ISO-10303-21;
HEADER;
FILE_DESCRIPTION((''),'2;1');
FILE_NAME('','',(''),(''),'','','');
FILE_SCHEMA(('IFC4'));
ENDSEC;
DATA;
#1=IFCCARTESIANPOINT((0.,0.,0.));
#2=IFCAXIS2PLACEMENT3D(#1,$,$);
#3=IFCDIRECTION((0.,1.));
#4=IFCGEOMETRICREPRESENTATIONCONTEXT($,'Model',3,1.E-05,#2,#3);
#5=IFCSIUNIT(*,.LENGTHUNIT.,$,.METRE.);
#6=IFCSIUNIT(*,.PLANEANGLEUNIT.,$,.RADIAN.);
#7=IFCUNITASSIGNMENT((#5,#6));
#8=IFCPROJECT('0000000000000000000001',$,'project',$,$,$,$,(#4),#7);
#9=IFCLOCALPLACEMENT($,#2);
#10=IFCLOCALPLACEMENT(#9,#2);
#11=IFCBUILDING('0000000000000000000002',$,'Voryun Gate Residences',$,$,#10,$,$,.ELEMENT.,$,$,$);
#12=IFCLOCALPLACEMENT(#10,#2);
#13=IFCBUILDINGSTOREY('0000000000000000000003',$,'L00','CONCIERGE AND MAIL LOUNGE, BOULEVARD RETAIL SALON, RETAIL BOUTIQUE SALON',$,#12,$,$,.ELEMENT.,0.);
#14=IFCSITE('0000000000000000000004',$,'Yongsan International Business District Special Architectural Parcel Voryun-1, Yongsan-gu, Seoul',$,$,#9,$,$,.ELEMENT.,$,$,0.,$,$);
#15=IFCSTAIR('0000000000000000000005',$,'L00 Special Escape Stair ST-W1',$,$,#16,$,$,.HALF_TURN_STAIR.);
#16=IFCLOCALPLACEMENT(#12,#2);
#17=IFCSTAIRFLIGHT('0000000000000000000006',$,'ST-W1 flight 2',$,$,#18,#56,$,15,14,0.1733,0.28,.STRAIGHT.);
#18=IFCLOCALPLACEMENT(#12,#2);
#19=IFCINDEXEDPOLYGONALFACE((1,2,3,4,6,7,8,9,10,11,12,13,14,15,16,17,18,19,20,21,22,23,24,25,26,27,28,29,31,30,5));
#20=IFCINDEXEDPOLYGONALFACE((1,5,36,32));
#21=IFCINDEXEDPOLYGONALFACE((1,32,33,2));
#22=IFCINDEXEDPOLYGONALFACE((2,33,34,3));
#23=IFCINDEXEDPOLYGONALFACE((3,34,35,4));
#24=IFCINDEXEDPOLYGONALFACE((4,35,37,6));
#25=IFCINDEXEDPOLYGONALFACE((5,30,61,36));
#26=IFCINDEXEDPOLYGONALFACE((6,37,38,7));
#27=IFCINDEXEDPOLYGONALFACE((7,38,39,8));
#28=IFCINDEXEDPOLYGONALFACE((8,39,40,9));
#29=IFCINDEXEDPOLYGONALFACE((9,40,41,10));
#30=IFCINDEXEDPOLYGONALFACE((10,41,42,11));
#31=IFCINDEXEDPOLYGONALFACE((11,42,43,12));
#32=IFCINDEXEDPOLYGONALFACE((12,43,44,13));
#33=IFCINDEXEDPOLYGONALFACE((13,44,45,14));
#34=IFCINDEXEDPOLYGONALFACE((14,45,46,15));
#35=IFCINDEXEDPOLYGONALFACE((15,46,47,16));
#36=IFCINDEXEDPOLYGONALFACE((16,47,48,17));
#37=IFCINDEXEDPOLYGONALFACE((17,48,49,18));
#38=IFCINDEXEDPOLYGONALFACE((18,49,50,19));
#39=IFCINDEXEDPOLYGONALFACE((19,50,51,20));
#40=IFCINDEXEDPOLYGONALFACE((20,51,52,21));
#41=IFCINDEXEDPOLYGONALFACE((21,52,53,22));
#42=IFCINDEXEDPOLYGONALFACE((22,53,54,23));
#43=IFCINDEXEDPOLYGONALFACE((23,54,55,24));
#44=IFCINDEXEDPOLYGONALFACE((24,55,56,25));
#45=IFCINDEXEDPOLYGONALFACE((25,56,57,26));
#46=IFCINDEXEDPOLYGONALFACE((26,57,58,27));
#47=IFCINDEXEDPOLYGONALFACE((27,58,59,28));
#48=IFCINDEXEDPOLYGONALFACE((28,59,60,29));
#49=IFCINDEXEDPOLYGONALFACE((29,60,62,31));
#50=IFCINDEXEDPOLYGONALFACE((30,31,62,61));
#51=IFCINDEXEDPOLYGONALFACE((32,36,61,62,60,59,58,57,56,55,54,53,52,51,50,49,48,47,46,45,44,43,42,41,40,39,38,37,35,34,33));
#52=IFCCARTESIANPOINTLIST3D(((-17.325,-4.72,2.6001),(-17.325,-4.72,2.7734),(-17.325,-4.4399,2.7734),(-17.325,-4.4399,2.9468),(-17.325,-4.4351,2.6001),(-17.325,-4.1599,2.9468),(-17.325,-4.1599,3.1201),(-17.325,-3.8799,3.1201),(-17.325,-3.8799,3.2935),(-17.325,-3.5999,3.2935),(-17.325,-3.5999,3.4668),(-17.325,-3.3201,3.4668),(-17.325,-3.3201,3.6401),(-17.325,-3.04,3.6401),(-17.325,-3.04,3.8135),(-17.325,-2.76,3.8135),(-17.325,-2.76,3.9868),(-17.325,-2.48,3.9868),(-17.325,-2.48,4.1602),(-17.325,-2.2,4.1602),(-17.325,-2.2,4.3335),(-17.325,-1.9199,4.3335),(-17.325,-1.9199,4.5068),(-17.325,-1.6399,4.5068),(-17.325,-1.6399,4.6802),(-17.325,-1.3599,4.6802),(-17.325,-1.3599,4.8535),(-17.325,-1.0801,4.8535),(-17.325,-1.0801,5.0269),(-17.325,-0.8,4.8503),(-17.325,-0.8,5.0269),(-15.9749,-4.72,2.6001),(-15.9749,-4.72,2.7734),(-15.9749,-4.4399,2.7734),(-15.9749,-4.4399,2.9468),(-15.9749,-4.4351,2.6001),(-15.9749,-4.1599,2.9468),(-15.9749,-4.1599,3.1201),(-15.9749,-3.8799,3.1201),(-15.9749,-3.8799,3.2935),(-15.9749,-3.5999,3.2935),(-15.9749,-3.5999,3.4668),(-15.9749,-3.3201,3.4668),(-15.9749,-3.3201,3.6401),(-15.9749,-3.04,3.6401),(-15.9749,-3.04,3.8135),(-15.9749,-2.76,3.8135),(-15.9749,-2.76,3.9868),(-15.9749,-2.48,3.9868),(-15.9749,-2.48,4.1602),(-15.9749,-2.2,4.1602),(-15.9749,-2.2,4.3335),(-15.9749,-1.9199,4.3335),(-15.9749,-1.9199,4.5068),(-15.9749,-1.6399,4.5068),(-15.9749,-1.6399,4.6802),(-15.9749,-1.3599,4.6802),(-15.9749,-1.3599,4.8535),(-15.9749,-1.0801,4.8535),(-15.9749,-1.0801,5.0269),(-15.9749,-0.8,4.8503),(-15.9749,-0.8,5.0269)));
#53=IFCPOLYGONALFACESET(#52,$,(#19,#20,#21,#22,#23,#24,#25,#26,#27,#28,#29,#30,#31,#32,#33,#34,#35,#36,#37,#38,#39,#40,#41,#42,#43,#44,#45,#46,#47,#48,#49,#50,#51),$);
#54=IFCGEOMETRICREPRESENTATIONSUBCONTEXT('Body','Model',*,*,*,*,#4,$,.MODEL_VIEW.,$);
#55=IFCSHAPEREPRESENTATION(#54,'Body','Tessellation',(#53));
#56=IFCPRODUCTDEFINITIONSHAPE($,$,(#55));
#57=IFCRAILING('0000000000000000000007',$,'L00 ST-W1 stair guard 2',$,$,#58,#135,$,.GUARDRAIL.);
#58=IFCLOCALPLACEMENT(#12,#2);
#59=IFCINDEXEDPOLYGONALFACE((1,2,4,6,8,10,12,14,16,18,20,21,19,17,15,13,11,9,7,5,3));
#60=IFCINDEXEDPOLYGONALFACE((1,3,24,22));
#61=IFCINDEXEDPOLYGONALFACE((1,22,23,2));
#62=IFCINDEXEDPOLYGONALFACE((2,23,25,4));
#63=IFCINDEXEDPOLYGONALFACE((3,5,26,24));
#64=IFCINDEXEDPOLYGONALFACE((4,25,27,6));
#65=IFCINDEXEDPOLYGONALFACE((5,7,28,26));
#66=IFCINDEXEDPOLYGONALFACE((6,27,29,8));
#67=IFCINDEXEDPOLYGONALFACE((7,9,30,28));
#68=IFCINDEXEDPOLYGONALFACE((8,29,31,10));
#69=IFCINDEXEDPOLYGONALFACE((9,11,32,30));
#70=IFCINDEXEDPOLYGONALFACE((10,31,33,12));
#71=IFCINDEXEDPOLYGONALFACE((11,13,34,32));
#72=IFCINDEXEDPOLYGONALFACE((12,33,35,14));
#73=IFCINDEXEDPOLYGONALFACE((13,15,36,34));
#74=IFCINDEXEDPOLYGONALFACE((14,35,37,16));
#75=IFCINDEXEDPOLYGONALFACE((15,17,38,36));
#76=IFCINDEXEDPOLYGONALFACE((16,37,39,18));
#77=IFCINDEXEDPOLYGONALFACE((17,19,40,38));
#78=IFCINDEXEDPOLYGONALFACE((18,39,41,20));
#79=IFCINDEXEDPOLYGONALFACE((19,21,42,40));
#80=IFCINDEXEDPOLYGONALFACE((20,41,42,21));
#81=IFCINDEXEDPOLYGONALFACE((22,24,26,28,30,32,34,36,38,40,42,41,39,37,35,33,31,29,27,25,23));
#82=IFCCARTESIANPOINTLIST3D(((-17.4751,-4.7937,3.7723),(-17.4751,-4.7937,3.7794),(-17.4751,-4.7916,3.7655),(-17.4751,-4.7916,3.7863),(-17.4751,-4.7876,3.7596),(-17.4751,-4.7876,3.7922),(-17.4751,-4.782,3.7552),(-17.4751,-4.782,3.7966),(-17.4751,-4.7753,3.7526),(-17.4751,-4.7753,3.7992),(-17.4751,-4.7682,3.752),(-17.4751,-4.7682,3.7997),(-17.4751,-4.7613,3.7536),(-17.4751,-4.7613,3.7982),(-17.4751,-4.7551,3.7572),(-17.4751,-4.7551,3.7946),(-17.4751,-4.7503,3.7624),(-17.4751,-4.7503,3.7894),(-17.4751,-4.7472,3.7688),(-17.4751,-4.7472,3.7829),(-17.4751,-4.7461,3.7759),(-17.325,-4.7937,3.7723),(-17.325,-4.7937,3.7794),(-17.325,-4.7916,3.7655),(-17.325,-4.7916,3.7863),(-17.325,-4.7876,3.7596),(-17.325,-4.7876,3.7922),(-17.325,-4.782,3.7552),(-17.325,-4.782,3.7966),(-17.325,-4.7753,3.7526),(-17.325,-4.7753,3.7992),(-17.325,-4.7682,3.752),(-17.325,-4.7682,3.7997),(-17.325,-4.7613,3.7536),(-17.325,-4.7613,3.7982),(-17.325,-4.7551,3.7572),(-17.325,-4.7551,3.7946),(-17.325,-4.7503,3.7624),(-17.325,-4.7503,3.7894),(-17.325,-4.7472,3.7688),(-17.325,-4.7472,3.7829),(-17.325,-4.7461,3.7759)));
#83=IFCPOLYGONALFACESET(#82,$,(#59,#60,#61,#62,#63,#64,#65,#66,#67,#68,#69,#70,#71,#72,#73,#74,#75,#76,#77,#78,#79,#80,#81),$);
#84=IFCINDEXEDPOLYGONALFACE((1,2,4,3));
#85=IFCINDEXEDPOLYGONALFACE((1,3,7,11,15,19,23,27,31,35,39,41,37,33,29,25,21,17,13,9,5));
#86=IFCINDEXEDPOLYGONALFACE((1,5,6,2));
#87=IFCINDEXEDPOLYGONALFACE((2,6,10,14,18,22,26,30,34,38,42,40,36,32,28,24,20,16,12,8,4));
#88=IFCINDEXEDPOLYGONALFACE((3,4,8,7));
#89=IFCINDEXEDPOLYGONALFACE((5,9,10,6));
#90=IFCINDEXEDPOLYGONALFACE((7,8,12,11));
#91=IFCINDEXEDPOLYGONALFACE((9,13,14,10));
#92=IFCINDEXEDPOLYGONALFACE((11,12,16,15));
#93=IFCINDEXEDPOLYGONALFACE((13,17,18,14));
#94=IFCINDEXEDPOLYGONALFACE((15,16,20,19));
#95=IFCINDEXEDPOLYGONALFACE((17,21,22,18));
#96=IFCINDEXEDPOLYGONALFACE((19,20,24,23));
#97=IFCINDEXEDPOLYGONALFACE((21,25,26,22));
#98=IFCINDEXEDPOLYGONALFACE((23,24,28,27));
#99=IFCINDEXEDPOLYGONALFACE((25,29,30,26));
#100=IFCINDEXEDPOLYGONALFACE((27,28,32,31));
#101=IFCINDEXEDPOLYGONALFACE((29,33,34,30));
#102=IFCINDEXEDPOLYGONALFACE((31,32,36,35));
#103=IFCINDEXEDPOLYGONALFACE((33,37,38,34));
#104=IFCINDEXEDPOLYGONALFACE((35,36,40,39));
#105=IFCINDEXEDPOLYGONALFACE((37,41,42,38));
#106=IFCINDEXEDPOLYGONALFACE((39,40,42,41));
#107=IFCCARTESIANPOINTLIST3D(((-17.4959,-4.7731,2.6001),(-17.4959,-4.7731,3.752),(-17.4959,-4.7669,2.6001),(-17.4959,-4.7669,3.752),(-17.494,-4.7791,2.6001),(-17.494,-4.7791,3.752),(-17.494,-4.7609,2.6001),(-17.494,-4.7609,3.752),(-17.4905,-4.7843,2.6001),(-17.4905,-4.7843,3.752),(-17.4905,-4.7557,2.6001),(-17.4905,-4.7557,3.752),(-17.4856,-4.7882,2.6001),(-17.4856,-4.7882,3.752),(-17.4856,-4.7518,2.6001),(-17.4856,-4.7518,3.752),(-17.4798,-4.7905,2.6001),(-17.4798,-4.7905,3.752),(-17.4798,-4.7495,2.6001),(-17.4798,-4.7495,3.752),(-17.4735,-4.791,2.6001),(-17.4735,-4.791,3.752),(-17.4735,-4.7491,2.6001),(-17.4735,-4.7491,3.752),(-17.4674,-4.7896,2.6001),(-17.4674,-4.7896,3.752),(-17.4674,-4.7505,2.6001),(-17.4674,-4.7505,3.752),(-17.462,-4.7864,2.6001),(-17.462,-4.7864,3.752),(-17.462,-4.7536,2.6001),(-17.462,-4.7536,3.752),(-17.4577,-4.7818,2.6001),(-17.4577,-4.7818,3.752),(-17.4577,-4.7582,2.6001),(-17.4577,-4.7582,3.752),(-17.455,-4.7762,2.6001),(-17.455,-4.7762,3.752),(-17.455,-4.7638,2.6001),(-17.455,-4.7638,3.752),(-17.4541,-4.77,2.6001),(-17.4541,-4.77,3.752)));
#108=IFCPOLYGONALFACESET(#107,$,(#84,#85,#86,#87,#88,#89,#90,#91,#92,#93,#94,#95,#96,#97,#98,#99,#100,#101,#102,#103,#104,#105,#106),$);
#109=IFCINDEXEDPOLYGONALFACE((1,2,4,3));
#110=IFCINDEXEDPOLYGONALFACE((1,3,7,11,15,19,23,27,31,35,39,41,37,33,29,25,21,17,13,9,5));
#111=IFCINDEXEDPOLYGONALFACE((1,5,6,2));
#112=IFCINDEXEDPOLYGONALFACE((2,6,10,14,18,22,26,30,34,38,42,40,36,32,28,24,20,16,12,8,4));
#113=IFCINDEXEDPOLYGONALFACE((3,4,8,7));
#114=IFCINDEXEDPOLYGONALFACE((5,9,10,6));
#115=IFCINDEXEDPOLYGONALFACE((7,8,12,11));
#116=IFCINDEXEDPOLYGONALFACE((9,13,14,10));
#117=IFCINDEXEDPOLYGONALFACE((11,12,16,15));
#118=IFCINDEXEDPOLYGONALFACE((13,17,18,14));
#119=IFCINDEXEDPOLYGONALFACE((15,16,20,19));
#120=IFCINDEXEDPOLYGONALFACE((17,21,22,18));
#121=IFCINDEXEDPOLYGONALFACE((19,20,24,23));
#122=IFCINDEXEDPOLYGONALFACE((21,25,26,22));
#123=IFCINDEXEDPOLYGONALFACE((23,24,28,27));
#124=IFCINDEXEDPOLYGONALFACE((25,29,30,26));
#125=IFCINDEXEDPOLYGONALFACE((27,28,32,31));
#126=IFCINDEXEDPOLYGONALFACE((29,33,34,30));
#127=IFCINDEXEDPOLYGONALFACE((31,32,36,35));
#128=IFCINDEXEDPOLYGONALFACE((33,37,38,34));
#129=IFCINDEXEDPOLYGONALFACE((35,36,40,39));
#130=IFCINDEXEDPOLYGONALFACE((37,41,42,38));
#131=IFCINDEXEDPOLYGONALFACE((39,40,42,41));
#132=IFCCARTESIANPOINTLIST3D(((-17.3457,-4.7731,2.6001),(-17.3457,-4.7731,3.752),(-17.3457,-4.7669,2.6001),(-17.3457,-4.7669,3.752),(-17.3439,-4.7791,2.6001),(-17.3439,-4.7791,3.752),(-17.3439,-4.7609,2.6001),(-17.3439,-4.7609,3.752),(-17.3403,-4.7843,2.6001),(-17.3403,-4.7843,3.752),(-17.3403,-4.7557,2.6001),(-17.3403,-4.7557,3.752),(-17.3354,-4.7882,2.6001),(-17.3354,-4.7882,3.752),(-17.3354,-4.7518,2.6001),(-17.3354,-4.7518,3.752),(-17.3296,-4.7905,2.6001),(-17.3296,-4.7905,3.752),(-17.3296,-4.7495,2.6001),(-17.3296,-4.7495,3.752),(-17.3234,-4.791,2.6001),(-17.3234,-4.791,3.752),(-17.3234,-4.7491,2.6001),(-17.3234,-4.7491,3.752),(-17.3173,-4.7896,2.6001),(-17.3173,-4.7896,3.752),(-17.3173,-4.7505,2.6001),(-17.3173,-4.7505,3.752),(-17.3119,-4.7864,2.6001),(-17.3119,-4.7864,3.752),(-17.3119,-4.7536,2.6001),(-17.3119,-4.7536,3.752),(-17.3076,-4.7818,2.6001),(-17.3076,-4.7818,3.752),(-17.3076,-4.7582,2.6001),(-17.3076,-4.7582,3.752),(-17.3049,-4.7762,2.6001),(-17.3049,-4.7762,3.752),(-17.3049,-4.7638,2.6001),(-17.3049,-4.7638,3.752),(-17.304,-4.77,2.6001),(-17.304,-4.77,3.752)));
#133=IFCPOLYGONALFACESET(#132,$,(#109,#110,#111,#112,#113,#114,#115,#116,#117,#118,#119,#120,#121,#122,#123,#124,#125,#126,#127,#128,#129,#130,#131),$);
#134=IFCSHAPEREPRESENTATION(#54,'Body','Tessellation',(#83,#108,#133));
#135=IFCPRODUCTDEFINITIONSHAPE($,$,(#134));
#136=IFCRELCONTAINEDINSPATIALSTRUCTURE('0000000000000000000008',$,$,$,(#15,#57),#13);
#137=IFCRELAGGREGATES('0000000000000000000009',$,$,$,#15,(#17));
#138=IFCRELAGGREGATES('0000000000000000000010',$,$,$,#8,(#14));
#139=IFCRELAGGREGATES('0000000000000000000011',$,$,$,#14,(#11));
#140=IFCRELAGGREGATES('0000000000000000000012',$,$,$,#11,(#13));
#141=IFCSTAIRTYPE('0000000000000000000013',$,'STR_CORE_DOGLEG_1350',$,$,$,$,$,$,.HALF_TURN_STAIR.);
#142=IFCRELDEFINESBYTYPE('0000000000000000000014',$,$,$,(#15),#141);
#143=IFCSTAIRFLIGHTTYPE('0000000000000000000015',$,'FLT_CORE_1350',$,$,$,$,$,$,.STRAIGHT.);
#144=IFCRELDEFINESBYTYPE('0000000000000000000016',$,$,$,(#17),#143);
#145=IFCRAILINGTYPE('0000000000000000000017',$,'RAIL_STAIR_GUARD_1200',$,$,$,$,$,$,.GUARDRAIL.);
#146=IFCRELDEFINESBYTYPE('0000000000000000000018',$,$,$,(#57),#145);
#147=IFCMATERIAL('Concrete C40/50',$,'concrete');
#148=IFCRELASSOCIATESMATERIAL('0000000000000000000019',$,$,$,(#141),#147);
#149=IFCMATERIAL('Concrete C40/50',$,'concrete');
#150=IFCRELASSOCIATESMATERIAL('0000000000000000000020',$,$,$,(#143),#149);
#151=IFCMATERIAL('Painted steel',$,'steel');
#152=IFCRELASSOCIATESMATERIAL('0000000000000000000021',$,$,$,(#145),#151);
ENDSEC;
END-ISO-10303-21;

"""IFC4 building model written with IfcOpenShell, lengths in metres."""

from ifc_helpers import new_model, si_unit, direction, frame, origin, origin_2d, place, context, subcontext, project, spatial, polyline, circle, outline, extrude, material, type_object, element, aggregate, save


model = new_model("IFC4")

# Units and contexts
model_context = context("Model", 3, precision=1e-05, world=origin(), true_north=direction((0.0, 1.0)))
body_context = subcontext(model_context, "Body", "Model", "MODEL_VIEW")
ifc_project = project(units=[si_unit("LENGTHUNIT", "METRE"), si_unit("PLANEANGLEUNIT", "RADIAN")], contexts=[model_context])

# Site, building, storey
site_placement = place(None, origin())
site = spatial("IfcSite", under=ifc_project, at=site_placement, Name="Yongsan International Business District Special Architectural Parcel Voryun-1, Yongsan-gu, Seoul", CompositionType="ELEMENT", RefElevation=0.0)
building_placement = place(site_placement, origin())
building = spatial("IfcBuilding", under=site, at=building_placement, Name="Voryun Gate Residences", CompositionType="ELEMENT")
storey_placement = place(building_placement, origin())
storey = spatial("IfcBuildingStorey", under=building, at=storey_placement, Name="L00", Description="CONCIERGE AND MAIL LOUNGE, BOULEVARD RETAIL SALON, RETAIL BOUTIQUE SALON", CompositionType="ELEMENT", Elevation=0.0)

# Stair, stair flight
ifc_material_1 = material(Name="Concrete C40/50", Category="concrete")
stair_type = type_object("IfcStairType", Name="STR_CORE_DOGLEG_1350", PredefinedType="HALF_TURN_STAIR", material=ifc_material_1)
stair_placement = place(storey_placement, origin())
stair = element("IfcStair", 1, at=stair_placement, inside=storey, type_object=stair_type, Name="L00 Special Escape Stair ST-W1", PredefinedType="HALF_TURN_STAIR")
ifc_material_2 = material(Name="Concrete C40/50", Category="concrete")
stair_flight_type = type_object("IfcStairFlightType", Name="FLT_CORE_1350", PredefinedType="STRAIGHT", material=ifc_material_2)
stair_flight_placement = place(storey_placement, frame((-16.6499, -4.72, 2.6001), z_axis=(0.0, 0.0, 1.0), x_axis=(0.0, 1.0, 0.0)))
stair_flight = element("IfcStairFlight", 2, at=stair_flight_placement, type_object=stair_flight_type, Name="ST-W1 flight 2", NumberOfRisers=15, NumberOfTreads=14, PredefinedType="STRAIGHT", RiserHeight=0.1733, TreadLength=0.28, context=body_context, shape_type="SweptSolid", body=[
    extrude(outline(polyline([(0.0, 0.0), (0.0, 0.1733), (0.28, 0.1733), (0.28, 0.3467), (0.5601, 0.3467), (0.5601, 0.52), (0.8401, 0.52), (0.8401, 0.6934), (1.1201, 0.6934), (1.1201, 0.8667), (1.3999, 0.8667), (1.3999, 1.04), (1.6799, 1.04), (1.6799, 1.2134), (1.96, 1.2134), (1.96, 1.3867), (2.24, 1.3867), (2.24, 1.5601), (2.52, 1.5601), (2.52, 1.7334), (2.8, 1.7334), (2.8, 1.9067), (3.0801, 1.9067), (3.0801, 2.0801), (3.3601, 2.0801), (3.3601, 2.2534), (3.6399, 2.2534), (3.6399, 2.4268), (3.9199, 2.4268), (3.9199, 2.6001), (3.9199, 2.2502), (0.2849, 0.0), (0.0, 0.0)])), frame((0.0, 0.675, 0.0), z_axis=(0.0, -1.0, 0.0), x_axis=(1.0, 0.0, 0.0)), (0.0, 0.0, 1.0), 1.3501),
])
aggregate(stair, [stair_flight])

# Railing
ifc_material_3 = material(Name="Painted steel", Category="steel")
railing_type_1 = type_object("IfcRailingType", Name="RAIL_STAIR_GUARD_1200", PredefinedType="GUARDRAIL", material=ifc_material_3)
railing_1_placement = place(storey_placement, frame((-17.4751, -4.77, 2.6001)))
element("IfcRailing", 3, at=railing_1_placement, inside=storey, type_object=railing_type_1, Name="L00 ST-W1 stair guard 2", PredefinedType="GUARDRAIL", context=body_context, shape_type="SweptSolid", body=[
    extrude(circle(Radius=0.0239, at=origin_2d()), frame((0.0, 0.0, 1.1758), z_axis=(1.0, 0.0, 0.0), x_axis=(0.0, 1.0, 0.0)), (0.0, 0.0, 1.0), 0.1501),
    extrude(circle(Radius=0.021, at=origin_2d()), origin(), (0.0, 0.0, 1.0), 1.1519),
    extrude(circle(Radius=0.021, at=origin_2d()), frame((0.1501, 0.0, 0.0)), (0.0, 0.0, 1.0), 1.1519),
])

save(model, "model.ifc")
